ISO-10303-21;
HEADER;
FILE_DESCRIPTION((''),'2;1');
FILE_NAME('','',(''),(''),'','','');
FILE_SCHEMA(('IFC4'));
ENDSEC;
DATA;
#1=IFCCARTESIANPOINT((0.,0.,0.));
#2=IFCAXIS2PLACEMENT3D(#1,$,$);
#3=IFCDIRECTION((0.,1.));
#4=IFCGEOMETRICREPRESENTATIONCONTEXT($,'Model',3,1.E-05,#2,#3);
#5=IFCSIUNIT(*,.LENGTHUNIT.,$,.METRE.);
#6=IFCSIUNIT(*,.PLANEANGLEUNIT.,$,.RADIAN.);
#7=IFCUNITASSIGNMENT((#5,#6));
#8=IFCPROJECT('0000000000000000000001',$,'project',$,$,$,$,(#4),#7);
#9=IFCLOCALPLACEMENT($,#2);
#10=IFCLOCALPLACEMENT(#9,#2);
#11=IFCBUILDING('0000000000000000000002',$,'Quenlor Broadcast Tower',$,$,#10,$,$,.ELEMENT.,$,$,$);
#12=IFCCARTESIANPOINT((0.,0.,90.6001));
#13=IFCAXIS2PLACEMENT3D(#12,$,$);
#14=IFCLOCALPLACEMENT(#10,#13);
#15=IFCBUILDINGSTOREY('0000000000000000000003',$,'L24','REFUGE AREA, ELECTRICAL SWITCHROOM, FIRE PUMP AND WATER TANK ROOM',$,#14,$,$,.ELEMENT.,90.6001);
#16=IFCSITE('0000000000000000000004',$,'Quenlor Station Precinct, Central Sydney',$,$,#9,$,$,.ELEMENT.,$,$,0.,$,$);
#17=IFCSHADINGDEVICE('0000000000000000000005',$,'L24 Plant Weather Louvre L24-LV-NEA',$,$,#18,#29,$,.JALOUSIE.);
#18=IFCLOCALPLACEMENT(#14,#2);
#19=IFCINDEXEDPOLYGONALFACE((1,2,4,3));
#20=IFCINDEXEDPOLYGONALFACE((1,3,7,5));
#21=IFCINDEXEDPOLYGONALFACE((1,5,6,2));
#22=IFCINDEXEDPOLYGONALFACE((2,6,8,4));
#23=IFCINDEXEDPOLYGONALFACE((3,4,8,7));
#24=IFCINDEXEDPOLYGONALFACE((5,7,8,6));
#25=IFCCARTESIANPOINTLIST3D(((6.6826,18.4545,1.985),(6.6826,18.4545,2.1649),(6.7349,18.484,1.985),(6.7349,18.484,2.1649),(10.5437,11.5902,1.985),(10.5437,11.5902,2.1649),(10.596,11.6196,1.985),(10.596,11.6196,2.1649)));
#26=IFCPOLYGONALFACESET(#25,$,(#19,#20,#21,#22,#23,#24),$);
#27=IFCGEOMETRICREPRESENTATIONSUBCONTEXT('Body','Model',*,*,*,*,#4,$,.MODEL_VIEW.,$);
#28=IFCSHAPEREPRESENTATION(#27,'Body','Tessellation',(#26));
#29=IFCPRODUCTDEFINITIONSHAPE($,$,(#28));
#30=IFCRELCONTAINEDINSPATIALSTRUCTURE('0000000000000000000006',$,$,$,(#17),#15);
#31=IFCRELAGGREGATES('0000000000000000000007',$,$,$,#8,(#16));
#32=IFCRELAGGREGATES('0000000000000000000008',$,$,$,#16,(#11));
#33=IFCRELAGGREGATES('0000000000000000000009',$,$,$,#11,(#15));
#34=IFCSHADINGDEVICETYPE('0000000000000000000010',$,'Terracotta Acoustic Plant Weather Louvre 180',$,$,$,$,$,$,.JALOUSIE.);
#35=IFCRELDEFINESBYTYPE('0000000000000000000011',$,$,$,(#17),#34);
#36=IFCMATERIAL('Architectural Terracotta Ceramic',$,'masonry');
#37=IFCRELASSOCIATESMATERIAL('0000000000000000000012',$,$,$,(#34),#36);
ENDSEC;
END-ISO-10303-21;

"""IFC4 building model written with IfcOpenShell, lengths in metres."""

from ifc_helpers import new_model, si_unit, direction, frame, origin, origin_2d, place, context, subcontext, project, spatial, rectangle, extrude, material, material_profile, profile_set, type_object, element, save


model = new_model("IFC4")

# Units and contexts
model_context = context("Model", 3, precision=1e-05, world=origin(), true_north=direction((0.0, 1.0)))
body_context = subcontext(model_context, "Body", "Model", "MODEL_VIEW")
ifc_project = project(units=[si_unit("LENGTHUNIT", "METRE"), si_unit("PLANEANGLEUNIT", "RADIAN")], contexts=[model_context])

# Site, building, storey
site_placement = place(None, origin())
site = spatial("IfcSite", under=ifc_project, at=site_placement, Name="Quenlor Station Precinct, Central Sydney", CompositionType="ELEMENT", RefElevation=0.0)
building_placement = place(site_placement, origin())
building = spatial("IfcBuilding", under=site, at=building_placement, Name="Quenlor Broadcast Tower", CompositionType="ELEMENT")
storey_placement = place(building_placement, frame((0.0, 0.0, 90.6001)))
storey = spatial("IfcBuildingStorey", under=building, at=storey_placement, Name="L24", Description="REFUGE AREA, ELECTRICAL SWITCHROOM, FIRE PUMP AND WATER TANK ROOM", CompositionType="ELEMENT", Elevation=90.6001)

# Shading device
ifc_material_1 = material(Name="Architectural Terracotta Ceramic", Category="masonry")
ifc_material_profile_1 = material_profile(ifc_material_1, rectangle(XDim=0.0601, YDim=0.1799, at=origin_2d()))
ifc_profile_set_1 = profile_set([ifc_material_profile_1], Name="Architectural Terracotta Ceramic LVR60x180")
shading_device_type = type_object("IfcShadingDeviceType", Name="Terracotta Acoustic Plant Weather Louvre 180", PredefinedType="JALOUSIE", material=ifc_profile_set_1)
shading_device_placement = place(storey_placement, frame((6.7087, 18.4692, 2.075), z_axis=(0.490255, -0.871579, 0.0), x_axis=(0.871579, 0.490255, 0.0)))
element("IfcShadingDevice", 1, at=shading_device_placement, inside=storey, type_object=shading_device_type, Name="L24 Plant Weather Louvre L24-LV-NEA", PredefinedType="JALOUSIE", context=body_context, shape_type="SweptSolid", body=[
    extrude(rectangle(XDim=0.0601, YDim=0.1799, at=origin_2d()), origin(), (0.0, 0.0, 1.0), 7.8757),
])

save(model, "model.ifc")
